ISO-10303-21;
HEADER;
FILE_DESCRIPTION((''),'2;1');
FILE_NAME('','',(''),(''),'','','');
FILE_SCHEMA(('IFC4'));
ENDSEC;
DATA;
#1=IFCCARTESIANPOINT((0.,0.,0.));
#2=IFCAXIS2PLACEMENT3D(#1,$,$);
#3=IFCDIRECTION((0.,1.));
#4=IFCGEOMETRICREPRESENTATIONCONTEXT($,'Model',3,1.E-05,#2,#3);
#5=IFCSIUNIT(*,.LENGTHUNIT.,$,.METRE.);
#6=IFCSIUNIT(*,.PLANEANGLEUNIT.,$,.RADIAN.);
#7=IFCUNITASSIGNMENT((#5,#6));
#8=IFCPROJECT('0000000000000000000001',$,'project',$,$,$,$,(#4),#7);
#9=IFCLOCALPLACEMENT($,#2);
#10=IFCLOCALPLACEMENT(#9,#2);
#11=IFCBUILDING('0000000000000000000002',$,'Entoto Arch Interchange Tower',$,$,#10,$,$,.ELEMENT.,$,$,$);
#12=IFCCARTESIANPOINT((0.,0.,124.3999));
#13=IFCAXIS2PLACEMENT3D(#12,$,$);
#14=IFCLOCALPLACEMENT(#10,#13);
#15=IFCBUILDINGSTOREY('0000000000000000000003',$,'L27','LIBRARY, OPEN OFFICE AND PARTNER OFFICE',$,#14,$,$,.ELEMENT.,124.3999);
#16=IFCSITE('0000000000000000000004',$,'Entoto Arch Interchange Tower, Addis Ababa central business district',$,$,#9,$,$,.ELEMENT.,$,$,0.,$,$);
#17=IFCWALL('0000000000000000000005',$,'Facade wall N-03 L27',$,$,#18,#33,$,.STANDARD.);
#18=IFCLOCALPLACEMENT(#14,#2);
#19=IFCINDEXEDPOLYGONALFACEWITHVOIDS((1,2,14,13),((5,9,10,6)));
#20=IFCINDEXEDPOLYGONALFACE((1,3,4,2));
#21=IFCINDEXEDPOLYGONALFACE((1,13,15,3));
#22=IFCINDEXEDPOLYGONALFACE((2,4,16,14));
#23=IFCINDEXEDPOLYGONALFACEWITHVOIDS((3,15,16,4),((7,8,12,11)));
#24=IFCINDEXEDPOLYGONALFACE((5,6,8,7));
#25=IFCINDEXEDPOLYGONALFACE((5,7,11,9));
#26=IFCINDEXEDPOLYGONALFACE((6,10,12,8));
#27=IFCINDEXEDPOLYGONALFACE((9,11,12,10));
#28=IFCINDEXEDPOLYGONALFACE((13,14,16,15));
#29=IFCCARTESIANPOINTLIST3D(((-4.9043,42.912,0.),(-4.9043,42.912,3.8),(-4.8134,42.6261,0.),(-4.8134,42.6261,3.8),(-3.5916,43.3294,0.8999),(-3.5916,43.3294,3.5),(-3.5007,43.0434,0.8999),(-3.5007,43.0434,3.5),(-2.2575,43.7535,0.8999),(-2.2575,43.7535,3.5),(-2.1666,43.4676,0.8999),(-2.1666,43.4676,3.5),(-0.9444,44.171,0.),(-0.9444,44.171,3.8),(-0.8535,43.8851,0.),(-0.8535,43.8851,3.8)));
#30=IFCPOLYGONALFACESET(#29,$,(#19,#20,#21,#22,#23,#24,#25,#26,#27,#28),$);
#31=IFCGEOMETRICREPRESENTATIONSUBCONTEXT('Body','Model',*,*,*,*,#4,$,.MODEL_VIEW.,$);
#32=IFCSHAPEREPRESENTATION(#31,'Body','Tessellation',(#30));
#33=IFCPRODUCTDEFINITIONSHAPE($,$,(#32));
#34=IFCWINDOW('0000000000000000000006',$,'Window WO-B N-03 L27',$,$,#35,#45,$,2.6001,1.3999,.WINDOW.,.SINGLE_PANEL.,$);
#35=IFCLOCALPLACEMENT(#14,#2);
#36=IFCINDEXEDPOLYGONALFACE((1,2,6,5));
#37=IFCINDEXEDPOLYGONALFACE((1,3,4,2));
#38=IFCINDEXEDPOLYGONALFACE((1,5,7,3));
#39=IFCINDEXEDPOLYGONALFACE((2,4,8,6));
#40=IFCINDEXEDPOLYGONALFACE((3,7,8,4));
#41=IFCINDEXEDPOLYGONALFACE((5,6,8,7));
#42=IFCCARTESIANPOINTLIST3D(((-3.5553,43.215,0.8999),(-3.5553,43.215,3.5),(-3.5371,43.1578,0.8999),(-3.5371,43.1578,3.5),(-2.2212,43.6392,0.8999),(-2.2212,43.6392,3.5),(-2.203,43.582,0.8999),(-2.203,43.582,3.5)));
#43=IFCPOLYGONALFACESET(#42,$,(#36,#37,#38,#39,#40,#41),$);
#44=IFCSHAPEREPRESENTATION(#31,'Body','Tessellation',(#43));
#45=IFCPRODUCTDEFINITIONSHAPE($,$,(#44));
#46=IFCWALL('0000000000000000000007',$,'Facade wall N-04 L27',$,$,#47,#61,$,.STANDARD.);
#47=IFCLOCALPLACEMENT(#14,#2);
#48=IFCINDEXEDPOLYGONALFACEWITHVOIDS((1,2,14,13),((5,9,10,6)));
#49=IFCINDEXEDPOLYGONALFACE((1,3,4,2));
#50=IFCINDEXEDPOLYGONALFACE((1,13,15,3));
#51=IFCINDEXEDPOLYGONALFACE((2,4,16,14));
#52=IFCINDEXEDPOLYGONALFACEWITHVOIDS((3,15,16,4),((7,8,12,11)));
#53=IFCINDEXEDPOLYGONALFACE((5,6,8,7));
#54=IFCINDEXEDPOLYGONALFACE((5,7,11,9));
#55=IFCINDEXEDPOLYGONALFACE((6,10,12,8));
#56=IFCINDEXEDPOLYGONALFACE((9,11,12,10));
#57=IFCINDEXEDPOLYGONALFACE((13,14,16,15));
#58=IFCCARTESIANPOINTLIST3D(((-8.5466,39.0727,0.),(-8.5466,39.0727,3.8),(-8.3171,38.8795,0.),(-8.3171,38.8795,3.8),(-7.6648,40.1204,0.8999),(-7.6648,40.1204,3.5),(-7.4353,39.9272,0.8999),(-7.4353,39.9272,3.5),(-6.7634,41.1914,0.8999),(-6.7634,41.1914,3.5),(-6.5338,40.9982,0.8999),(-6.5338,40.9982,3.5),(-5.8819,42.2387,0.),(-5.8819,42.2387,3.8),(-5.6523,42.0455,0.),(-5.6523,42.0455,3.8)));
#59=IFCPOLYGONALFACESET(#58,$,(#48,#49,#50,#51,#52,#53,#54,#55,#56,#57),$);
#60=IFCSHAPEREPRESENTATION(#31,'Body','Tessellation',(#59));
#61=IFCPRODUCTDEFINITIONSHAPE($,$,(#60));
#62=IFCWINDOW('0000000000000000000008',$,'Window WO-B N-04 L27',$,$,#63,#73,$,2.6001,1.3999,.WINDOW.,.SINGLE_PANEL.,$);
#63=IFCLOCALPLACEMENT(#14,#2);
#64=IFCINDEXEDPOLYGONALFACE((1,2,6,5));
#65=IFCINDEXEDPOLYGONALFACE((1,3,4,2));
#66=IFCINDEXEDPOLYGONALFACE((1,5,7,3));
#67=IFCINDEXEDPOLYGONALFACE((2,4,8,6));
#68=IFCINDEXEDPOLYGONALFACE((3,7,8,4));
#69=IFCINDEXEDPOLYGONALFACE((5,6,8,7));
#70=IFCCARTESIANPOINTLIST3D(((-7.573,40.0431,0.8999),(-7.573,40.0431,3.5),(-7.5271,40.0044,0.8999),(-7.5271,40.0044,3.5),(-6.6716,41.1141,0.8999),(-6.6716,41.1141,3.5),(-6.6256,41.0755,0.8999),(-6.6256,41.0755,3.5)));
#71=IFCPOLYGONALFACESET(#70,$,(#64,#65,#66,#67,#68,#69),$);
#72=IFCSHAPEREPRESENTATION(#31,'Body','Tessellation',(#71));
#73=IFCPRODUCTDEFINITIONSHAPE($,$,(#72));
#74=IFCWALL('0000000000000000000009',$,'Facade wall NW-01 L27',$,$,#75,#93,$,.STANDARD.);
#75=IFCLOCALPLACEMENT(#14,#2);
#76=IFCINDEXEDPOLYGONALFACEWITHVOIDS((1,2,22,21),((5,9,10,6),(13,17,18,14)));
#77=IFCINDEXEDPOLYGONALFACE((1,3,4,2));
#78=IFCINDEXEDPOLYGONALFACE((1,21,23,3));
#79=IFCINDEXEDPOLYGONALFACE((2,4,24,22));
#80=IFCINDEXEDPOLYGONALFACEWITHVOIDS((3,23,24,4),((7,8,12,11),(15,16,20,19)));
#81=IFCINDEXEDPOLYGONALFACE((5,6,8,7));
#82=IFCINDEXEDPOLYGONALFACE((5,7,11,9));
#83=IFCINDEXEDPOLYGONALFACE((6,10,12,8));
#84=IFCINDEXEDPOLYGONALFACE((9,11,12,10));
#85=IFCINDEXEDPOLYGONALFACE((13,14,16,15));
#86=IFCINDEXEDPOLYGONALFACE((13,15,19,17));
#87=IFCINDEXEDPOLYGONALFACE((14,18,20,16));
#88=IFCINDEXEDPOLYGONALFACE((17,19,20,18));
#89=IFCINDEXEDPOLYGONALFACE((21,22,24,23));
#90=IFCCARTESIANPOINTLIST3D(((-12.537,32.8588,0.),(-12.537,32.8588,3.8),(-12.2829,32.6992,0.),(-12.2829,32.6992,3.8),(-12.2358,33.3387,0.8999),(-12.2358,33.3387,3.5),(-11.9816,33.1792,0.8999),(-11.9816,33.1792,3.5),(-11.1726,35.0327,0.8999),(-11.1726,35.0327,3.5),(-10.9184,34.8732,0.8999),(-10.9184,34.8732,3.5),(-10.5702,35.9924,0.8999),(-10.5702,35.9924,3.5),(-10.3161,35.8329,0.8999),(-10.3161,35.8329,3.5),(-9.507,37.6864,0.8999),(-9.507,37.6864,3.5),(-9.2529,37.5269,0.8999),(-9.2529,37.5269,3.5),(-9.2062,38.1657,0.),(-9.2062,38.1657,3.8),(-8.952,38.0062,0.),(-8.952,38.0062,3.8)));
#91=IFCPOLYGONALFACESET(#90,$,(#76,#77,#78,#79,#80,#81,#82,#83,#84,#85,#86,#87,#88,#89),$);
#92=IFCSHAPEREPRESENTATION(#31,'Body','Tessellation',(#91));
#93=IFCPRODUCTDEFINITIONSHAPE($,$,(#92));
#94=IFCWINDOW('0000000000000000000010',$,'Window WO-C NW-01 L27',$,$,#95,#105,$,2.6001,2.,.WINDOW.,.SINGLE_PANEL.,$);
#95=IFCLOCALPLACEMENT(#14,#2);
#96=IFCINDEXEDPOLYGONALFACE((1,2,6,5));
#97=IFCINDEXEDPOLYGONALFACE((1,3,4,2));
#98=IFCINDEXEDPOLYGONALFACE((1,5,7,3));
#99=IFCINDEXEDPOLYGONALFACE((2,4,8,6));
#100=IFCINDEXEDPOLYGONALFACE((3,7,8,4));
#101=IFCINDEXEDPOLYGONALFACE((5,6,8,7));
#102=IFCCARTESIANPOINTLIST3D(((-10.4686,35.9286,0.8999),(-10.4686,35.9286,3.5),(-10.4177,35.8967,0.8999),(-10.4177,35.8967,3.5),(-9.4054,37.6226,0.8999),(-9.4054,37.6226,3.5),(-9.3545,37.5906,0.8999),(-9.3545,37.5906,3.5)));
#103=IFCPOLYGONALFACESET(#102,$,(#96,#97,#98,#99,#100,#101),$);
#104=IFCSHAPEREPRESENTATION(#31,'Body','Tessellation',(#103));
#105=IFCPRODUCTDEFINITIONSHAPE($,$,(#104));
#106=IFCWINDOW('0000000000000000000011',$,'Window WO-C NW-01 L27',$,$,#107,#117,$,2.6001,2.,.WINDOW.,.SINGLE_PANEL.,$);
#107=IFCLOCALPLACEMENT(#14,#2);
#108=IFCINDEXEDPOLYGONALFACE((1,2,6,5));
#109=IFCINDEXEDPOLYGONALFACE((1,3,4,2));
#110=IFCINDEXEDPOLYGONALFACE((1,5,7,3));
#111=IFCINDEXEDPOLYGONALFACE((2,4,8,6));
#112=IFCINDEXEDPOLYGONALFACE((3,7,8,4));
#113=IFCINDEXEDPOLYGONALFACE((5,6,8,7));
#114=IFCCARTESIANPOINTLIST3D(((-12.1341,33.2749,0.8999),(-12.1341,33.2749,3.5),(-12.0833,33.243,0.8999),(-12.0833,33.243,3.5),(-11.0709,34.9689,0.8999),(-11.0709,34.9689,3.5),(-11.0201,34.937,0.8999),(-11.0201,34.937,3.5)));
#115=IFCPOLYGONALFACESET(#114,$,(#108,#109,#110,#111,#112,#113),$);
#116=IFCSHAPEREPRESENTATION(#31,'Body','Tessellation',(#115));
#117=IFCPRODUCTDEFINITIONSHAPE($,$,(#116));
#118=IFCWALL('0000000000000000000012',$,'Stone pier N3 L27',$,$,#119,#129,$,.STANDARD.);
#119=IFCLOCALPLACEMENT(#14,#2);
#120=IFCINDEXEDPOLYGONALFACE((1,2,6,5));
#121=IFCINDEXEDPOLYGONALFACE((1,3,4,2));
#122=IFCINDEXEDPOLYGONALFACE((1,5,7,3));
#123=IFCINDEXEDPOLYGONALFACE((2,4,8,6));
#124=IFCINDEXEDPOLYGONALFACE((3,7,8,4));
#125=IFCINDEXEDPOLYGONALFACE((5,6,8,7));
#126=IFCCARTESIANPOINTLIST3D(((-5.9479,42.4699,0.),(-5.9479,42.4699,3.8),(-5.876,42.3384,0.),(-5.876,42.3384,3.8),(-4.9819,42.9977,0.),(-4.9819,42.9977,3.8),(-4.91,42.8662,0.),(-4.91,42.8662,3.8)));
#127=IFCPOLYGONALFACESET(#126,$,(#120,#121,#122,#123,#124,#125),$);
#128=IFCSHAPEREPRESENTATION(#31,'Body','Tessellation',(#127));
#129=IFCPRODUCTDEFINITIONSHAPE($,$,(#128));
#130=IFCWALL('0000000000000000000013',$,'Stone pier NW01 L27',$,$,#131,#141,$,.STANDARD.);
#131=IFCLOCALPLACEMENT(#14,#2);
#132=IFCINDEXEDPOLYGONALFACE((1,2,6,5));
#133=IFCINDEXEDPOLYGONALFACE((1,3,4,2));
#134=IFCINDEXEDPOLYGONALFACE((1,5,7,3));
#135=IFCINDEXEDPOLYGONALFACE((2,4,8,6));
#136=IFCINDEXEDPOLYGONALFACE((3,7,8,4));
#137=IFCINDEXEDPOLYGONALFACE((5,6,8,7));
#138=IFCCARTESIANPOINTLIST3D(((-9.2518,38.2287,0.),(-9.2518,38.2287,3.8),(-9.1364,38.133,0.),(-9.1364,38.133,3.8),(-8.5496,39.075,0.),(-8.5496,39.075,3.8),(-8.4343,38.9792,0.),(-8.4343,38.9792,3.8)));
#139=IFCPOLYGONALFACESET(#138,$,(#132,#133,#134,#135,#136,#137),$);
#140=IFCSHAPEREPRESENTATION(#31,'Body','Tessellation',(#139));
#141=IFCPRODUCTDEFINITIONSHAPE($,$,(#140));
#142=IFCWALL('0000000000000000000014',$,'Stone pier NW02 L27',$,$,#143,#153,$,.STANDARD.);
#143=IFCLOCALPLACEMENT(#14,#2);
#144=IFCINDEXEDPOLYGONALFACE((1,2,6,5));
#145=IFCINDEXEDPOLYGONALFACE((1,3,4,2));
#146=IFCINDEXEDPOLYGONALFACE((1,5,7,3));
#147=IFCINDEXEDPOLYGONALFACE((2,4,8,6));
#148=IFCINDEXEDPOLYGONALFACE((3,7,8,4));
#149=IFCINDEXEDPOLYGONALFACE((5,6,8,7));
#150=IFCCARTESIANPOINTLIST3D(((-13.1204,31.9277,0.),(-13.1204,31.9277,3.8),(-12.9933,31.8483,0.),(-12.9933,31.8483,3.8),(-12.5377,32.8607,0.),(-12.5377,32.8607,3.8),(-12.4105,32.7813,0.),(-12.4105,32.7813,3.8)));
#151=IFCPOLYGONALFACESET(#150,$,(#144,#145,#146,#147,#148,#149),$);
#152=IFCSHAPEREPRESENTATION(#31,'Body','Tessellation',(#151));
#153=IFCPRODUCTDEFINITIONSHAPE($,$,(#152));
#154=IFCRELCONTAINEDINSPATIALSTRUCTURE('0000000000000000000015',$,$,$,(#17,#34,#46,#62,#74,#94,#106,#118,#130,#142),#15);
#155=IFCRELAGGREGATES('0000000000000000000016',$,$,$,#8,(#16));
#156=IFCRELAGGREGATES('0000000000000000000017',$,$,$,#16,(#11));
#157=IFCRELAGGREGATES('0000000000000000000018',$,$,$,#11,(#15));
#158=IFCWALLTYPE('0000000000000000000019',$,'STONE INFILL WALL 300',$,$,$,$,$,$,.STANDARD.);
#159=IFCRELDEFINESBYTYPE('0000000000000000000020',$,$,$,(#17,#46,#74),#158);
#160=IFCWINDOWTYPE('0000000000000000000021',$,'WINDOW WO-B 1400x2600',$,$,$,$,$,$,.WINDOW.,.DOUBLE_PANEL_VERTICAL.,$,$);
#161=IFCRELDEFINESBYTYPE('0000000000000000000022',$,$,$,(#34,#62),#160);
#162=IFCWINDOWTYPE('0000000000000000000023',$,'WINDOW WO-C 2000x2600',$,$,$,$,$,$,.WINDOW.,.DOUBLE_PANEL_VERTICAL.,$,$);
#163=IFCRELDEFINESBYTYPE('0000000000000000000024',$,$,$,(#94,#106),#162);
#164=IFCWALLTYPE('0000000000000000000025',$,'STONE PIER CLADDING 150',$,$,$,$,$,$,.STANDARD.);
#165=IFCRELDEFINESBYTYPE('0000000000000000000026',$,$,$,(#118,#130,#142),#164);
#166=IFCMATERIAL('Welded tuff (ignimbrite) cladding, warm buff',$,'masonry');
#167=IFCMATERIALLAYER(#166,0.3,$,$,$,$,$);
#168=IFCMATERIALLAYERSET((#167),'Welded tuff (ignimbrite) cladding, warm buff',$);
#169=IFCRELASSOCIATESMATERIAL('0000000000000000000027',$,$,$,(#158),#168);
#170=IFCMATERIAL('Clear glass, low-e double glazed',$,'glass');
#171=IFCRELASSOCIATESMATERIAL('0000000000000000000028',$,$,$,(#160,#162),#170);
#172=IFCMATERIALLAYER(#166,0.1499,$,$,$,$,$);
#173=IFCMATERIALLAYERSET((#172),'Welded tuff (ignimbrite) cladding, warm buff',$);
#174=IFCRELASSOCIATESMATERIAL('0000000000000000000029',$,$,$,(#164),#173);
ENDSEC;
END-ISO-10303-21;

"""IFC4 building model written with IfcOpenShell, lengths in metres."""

from ifc_helpers import new_model, si_unit, direction, frame, frame_2d, origin, place, context, subcontext, project, spatial, rectangle, extrude, material, layer, layer_set, type_object, element, fill, save


model = new_model("IFC4")

# Units and contexts
model_context = context("Model", 3, precision=1e-05, world=origin(), true_north=direction((0.0, 1.0)))
body_context = subcontext(model_context, "Body", "Model", "MODEL_VIEW")
ifc_project = project(units=[si_unit("LENGTHUNIT", "METRE"), si_unit("PLANEANGLEUNIT", "RADIAN")], contexts=[model_context])

# Site, building, storey
site_placement = place(None, origin())
site = spatial("IfcSite", under=ifc_project, at=site_placement, Name="Entoto Arch Interchange Tower, Addis Ababa central business district", CompositionType="ELEMENT", RefElevation=0.0)
building_placement = place(site_placement, origin())
building = spatial("IfcBuilding", under=site, at=building_placement, Name="Entoto Arch Interchange Tower", CompositionType="ELEMENT")
storey_placement = place(building_placement, frame((0.0, 0.0, 124.3999)))
storey = spatial("IfcBuildingStorey", under=building, at=storey_placement, Name="L27", Description="LIBRARY, OPEN OFFICE AND PARTNER OFFICE", CompositionType="ELEMENT", Elevation=124.3999)

# Walls, openings, windows
ifc_material_1 = material(Name="Welded tuff (ignimbrite) cladding, warm buff", Category="masonry")
ifc_layer_1 = layer(ifc_material_1, 0.3)
ifc_layer_set_1 = layer_set([ifc_layer_1], Name="Welded tuff (ignimbrite) cladding, warm buff")
wall_type_1 = type_object("IfcWallType", Name="STONE INFILL WALL 300", PredefinedType="STANDARD", material=ifc_layer_set_1)
wall_1_placement = place(storey_placement, frame((-0.8989, 44.0281, 0.0), z_axis=(0.0, 0.0, 1.0), x_axis=(-0.952992, -0.302995, 0.0)))
wall_1 = element("IfcWall", 1, at=wall_1_placement, inside=storey, type_object=wall_type_1, Name="Facade wall N-03 L27", PredefinedType="STANDARD", context=body_context, shape_type="SweptSolid", body=[
    extrude(rectangle(XDim=4.1553, YDim=0.3, at=frame_2d((2.0776, 0.0))), origin(), (0.0, 0.0, 1.0), 3.8),
])
opening_1_placement = place(wall_1_placement, frame((1.3779, 0.0, 0.8999)))
opening_1 = element("IfcOpeningElement", 2, at=opening_1_placement, cuts=wall_1, PredefinedType="OPENING", context=body_context, shape_type="SweptSolid", body=[
    extrude(rectangle(XDim=1.3999, YDim=2.6001, at=frame_2d((0.7, 1.3))), frame((0.0, 0.1602, 0.0), z_axis=(0.0, -1.0, 0.0), x_axis=(1.0, 0.0, 0.0)), (0.0, 0.0, 1.0), 0.3201),
])
ifc_material_2 = material(Name="Clear glass, low-e double glazed", Category="glass")
window_type_1 = type_object("IfcWindowType", Name="WINDOW WO-B 1400x2600", PartitioningType="DOUBLE_PANEL_VERTICAL", PredefinedType="WINDOW", material=ifc_material_2)
window_1_placement = place(opening_1_placement, origin())
window_1 = element("IfcWindow", 3, at=window_1_placement, inside=storey, type_object=window_type_1, Name="Window WO-B N-03 L27", OverallHeight=2.6001, OverallWidth=1.3999, PartitioningType="SINGLE_PANEL", PredefinedType="WINDOW", context=body_context, shape_type="SweptSolid", body=[
    extrude(rectangle(XDim=1.3999, YDim=2.6001, at=frame_2d((0.7, 1.3))), frame((0.0, 0.03, 0.0), z_axis=(0.0, -1.0, 0.0), x_axis=(1.0, 0.0, 0.0)), (0.0, 0.0, 1.0), 0.0601),
])
fill(opening_1, window_1)
wall_2_placement = place(storey_placement, frame((-5.7671, 42.1421, 0.0), z_axis=(0.0, 0.0, 1.0), x_axis=(-0.643949, -0.765069, 0.0)))
wall_2 = element("IfcWall", 4, at=wall_2_placement, inside=storey, type_object=wall_type_1, Name="Facade wall N-04 L27", PredefinedType="STANDARD", context=body_context, shape_type="SweptSolid", body=[
    extrude(rectangle(XDim=4.1382, YDim=0.3, at=frame_2d((2.0691, 0.0))), origin(), (0.0, 0.0, 1.0), 3.8),
])
opening_2_placement = place(wall_2_placement, frame((1.3689, 0.0, 0.8999)))
opening_2 = element("IfcOpeningElement", 5, at=opening_2_placement, cuts=wall_2, PredefinedType="OPENING", context=body_context, shape_type="SweptSolid", body=[
    extrude(rectangle(XDim=1.3999, YDim=2.6001, at=frame_2d((0.7, 1.3))), frame((0.0, 0.1602, 0.0), z_axis=(0.0, -1.0, 0.0), x_axis=(1.0, 0.0, 0.0)), (0.0, 0.0, 1.0), 0.3201),
])
window_2_placement = place(opening_2_placement, origin())
window_2 = element("IfcWindow", 6, at=window_2_placement, inside=storey, type_object=window_type_1, Name="Window WO-B N-04 L27", OverallHeight=2.6001, OverallWidth=1.3999, PartitioningType="SINGLE_PANEL", PredefinedType="WINDOW", context=body_context, shape_type="SweptSolid", body=[
    extrude(rectangle(XDim=1.3999, YDim=2.6001, at=frame_2d((0.7, 1.3))), frame((0.0, 0.03, 0.0), z_axis=(0.0, -1.0, 0.0), x_axis=(1.0, 0.0, 0.0)), (0.0, 0.0, 1.0), 0.0601),
])
fill(opening_2, window_2)

# Wall, openings, windows
wall_3_placement = place(storey_placement, frame((-9.0791, 38.0859, 0.0), z_axis=(0.0, 0.0, 1.0), x_axis=(-0.531606, -0.846992, 0.0)))
wall_3 = element("IfcWall", 7, at=wall_3_placement, inside=storey, type_object=wall_type_1, Name="Facade wall NW-01 L27", PredefinedType="STANDARD", context=body_context, shape_type="SweptSolid", body=[
    extrude(rectangle(XDim=6.2656, YDim=0.3, at=frame_2d((3.1328, 0.0))), origin(), (0.0, 0.0, 1.0), 3.8),
])
opening_3_placement = place(wall_3_placement, frame((0.5659, 0.0, 0.8999)))
opening_3 = element("IfcOpeningElement", 8, at=opening_3_placement, cuts=wall_3, PredefinedType="OPENING", context=body_context, shape_type="SweptSolid", body=[
    extrude(rectangle(XDim=2.0, YDim=2.6001, at=frame_2d((1.0, 1.3))), frame((0.0, 0.1602, 0.0), z_axis=(0.0, -1.0, 0.0), x_axis=(1.0, 0.0, 0.0)), (0.0, 0.0, 1.0), 0.3201),
])
opening_4_placement = place(wall_3_placement, frame((3.699, 0.0, 0.8999)))
opening_4 = element("IfcOpeningElement", 9, at=opening_4_placement, cuts=wall_3, PredefinedType="OPENING", context=body_context, shape_type="SweptSolid", body=[
    extrude(rectangle(XDim=2.0, YDim=2.6001, at=frame_2d((1.0, 1.3))), frame((0.0, 0.1602, 0.0), z_axis=(0.0, -1.0, 0.0), x_axis=(1.0, 0.0, 0.0)), (0.0, 0.0, 1.0), 0.3201),
])
window_type_2 = type_object("IfcWindowType", Name="WINDOW WO-C 2000x2600", PartitioningType="DOUBLE_PANEL_VERTICAL", PredefinedType="WINDOW", material=ifc_material_2)
window_3_placement = place(opening_3_placement, origin())
window_3 = element("IfcWindow", 10, at=window_3_placement, inside=storey, type_object=window_type_2, Name="Window WO-C NW-01 L27", OverallHeight=2.6001, OverallWidth=2.0, PartitioningType="SINGLE_PANEL", PredefinedType="WINDOW", context=body_context, shape_type="SweptSolid", body=[
    extrude(rectangle(XDim=2.0, YDim=2.6001, at=frame_2d((1.0, 1.3))), frame((0.0, 0.03, 0.0), z_axis=(0.0, -1.0, 0.0), x_axis=(1.0, 0.0, 0.0)), (0.0, 0.0, 1.0), 0.0601),
])
fill(opening_3, window_3)
window_4_placement = place(opening_4_placement, origin())
window_4 = element("IfcWindow", 11, at=window_4_placement, inside=storey, type_object=window_type_2, Name="Window WO-C NW-01 L27", OverallHeight=2.6001, OverallWidth=2.0, PartitioningType="SINGLE_PANEL", PredefinedType="WINDOW", context=body_context, shape_type="SweptSolid", body=[
    extrude(rectangle(XDim=2.0, YDim=2.6001, at=frame_2d((1.0, 1.3))), frame((0.0, 0.03, 0.0), z_axis=(0.0, -1.0, 0.0), x_axis=(1.0, 0.0, 0.0)), (0.0, 0.0, 1.0), 0.0601),
])
fill(opening_4, window_4)

# Walls
ifc_layer_2 = layer(ifc_material_1, 0.1499)
ifc_layer_set_2 = layer_set([ifc_layer_2], Name="Welded tuff (ignimbrite) cladding, warm buff")
wall_type_2 = type_object("IfcWallType", Name="STONE PIER CLADDING 150", PredefinedType="STANDARD", material=ifc_layer_set_2)
wall_4_placement = place(storey_placement, frame((-4.946, 42.9319, 0.0), z_axis=(0.0, 0.0, 1.0), x_axis=(-0.877556, -0.479474, 0.0)))
element("IfcWall", 12, at=wall_4_placement, inside=storey, type_object=wall_type_2, Name="Stone pier N3 L27", PredefinedType="STANDARD", context=body_context, shape_type="SweptSolid", body=[
    extrude(rectangle(XDim=1.1008, YDim=0.1499, at=frame_2d((0.5503, 0.0))), origin(), (0.0, 0.0, 1.0), 3.8),
])
wall_5_placement = place(storey_placement, frame((-8.4919, 39.0271, 0.0), z_axis=(0.0, 0.0, 1.0), x_axis=(-0.638567, -0.769566, 0.0)))
element("IfcWall", 13, at=wall_5_placement, inside=storey, type_object=wall_type_2, Name="Stone pier NW01 L27", PredefinedType="STANDARD", context=body_context, shape_type="SweptSolid", body=[
    extrude(rectangle(XDim=1.0996, YDim=0.1499, at=frame_2d((0.5498, 0.0))), origin(), (0.0, 0.0, 1.0), 3.8),
])
wall_6_placement = place(storey_placement, frame((-12.4741, 32.821, 0.0), z_axis=(0.0, 0.0, 1.0), x_axis=(-0.52972, -0.848173, 0.0)))
element("IfcWall", 14, at=wall_6_placement, inside=storey, type_object=wall_type_2, Name="Stone pier NW02 L27", PredefinedType="STANDARD", context=body_context, shape_type="SweptSolid", body=[
    extrude(rectangle(XDim=1.1001, YDim=0.1499, at=frame_2d((0.55, 0.0))), origin(), (0.0, 0.0, 1.0), 3.8),
])

save(model, "model.ifc")
